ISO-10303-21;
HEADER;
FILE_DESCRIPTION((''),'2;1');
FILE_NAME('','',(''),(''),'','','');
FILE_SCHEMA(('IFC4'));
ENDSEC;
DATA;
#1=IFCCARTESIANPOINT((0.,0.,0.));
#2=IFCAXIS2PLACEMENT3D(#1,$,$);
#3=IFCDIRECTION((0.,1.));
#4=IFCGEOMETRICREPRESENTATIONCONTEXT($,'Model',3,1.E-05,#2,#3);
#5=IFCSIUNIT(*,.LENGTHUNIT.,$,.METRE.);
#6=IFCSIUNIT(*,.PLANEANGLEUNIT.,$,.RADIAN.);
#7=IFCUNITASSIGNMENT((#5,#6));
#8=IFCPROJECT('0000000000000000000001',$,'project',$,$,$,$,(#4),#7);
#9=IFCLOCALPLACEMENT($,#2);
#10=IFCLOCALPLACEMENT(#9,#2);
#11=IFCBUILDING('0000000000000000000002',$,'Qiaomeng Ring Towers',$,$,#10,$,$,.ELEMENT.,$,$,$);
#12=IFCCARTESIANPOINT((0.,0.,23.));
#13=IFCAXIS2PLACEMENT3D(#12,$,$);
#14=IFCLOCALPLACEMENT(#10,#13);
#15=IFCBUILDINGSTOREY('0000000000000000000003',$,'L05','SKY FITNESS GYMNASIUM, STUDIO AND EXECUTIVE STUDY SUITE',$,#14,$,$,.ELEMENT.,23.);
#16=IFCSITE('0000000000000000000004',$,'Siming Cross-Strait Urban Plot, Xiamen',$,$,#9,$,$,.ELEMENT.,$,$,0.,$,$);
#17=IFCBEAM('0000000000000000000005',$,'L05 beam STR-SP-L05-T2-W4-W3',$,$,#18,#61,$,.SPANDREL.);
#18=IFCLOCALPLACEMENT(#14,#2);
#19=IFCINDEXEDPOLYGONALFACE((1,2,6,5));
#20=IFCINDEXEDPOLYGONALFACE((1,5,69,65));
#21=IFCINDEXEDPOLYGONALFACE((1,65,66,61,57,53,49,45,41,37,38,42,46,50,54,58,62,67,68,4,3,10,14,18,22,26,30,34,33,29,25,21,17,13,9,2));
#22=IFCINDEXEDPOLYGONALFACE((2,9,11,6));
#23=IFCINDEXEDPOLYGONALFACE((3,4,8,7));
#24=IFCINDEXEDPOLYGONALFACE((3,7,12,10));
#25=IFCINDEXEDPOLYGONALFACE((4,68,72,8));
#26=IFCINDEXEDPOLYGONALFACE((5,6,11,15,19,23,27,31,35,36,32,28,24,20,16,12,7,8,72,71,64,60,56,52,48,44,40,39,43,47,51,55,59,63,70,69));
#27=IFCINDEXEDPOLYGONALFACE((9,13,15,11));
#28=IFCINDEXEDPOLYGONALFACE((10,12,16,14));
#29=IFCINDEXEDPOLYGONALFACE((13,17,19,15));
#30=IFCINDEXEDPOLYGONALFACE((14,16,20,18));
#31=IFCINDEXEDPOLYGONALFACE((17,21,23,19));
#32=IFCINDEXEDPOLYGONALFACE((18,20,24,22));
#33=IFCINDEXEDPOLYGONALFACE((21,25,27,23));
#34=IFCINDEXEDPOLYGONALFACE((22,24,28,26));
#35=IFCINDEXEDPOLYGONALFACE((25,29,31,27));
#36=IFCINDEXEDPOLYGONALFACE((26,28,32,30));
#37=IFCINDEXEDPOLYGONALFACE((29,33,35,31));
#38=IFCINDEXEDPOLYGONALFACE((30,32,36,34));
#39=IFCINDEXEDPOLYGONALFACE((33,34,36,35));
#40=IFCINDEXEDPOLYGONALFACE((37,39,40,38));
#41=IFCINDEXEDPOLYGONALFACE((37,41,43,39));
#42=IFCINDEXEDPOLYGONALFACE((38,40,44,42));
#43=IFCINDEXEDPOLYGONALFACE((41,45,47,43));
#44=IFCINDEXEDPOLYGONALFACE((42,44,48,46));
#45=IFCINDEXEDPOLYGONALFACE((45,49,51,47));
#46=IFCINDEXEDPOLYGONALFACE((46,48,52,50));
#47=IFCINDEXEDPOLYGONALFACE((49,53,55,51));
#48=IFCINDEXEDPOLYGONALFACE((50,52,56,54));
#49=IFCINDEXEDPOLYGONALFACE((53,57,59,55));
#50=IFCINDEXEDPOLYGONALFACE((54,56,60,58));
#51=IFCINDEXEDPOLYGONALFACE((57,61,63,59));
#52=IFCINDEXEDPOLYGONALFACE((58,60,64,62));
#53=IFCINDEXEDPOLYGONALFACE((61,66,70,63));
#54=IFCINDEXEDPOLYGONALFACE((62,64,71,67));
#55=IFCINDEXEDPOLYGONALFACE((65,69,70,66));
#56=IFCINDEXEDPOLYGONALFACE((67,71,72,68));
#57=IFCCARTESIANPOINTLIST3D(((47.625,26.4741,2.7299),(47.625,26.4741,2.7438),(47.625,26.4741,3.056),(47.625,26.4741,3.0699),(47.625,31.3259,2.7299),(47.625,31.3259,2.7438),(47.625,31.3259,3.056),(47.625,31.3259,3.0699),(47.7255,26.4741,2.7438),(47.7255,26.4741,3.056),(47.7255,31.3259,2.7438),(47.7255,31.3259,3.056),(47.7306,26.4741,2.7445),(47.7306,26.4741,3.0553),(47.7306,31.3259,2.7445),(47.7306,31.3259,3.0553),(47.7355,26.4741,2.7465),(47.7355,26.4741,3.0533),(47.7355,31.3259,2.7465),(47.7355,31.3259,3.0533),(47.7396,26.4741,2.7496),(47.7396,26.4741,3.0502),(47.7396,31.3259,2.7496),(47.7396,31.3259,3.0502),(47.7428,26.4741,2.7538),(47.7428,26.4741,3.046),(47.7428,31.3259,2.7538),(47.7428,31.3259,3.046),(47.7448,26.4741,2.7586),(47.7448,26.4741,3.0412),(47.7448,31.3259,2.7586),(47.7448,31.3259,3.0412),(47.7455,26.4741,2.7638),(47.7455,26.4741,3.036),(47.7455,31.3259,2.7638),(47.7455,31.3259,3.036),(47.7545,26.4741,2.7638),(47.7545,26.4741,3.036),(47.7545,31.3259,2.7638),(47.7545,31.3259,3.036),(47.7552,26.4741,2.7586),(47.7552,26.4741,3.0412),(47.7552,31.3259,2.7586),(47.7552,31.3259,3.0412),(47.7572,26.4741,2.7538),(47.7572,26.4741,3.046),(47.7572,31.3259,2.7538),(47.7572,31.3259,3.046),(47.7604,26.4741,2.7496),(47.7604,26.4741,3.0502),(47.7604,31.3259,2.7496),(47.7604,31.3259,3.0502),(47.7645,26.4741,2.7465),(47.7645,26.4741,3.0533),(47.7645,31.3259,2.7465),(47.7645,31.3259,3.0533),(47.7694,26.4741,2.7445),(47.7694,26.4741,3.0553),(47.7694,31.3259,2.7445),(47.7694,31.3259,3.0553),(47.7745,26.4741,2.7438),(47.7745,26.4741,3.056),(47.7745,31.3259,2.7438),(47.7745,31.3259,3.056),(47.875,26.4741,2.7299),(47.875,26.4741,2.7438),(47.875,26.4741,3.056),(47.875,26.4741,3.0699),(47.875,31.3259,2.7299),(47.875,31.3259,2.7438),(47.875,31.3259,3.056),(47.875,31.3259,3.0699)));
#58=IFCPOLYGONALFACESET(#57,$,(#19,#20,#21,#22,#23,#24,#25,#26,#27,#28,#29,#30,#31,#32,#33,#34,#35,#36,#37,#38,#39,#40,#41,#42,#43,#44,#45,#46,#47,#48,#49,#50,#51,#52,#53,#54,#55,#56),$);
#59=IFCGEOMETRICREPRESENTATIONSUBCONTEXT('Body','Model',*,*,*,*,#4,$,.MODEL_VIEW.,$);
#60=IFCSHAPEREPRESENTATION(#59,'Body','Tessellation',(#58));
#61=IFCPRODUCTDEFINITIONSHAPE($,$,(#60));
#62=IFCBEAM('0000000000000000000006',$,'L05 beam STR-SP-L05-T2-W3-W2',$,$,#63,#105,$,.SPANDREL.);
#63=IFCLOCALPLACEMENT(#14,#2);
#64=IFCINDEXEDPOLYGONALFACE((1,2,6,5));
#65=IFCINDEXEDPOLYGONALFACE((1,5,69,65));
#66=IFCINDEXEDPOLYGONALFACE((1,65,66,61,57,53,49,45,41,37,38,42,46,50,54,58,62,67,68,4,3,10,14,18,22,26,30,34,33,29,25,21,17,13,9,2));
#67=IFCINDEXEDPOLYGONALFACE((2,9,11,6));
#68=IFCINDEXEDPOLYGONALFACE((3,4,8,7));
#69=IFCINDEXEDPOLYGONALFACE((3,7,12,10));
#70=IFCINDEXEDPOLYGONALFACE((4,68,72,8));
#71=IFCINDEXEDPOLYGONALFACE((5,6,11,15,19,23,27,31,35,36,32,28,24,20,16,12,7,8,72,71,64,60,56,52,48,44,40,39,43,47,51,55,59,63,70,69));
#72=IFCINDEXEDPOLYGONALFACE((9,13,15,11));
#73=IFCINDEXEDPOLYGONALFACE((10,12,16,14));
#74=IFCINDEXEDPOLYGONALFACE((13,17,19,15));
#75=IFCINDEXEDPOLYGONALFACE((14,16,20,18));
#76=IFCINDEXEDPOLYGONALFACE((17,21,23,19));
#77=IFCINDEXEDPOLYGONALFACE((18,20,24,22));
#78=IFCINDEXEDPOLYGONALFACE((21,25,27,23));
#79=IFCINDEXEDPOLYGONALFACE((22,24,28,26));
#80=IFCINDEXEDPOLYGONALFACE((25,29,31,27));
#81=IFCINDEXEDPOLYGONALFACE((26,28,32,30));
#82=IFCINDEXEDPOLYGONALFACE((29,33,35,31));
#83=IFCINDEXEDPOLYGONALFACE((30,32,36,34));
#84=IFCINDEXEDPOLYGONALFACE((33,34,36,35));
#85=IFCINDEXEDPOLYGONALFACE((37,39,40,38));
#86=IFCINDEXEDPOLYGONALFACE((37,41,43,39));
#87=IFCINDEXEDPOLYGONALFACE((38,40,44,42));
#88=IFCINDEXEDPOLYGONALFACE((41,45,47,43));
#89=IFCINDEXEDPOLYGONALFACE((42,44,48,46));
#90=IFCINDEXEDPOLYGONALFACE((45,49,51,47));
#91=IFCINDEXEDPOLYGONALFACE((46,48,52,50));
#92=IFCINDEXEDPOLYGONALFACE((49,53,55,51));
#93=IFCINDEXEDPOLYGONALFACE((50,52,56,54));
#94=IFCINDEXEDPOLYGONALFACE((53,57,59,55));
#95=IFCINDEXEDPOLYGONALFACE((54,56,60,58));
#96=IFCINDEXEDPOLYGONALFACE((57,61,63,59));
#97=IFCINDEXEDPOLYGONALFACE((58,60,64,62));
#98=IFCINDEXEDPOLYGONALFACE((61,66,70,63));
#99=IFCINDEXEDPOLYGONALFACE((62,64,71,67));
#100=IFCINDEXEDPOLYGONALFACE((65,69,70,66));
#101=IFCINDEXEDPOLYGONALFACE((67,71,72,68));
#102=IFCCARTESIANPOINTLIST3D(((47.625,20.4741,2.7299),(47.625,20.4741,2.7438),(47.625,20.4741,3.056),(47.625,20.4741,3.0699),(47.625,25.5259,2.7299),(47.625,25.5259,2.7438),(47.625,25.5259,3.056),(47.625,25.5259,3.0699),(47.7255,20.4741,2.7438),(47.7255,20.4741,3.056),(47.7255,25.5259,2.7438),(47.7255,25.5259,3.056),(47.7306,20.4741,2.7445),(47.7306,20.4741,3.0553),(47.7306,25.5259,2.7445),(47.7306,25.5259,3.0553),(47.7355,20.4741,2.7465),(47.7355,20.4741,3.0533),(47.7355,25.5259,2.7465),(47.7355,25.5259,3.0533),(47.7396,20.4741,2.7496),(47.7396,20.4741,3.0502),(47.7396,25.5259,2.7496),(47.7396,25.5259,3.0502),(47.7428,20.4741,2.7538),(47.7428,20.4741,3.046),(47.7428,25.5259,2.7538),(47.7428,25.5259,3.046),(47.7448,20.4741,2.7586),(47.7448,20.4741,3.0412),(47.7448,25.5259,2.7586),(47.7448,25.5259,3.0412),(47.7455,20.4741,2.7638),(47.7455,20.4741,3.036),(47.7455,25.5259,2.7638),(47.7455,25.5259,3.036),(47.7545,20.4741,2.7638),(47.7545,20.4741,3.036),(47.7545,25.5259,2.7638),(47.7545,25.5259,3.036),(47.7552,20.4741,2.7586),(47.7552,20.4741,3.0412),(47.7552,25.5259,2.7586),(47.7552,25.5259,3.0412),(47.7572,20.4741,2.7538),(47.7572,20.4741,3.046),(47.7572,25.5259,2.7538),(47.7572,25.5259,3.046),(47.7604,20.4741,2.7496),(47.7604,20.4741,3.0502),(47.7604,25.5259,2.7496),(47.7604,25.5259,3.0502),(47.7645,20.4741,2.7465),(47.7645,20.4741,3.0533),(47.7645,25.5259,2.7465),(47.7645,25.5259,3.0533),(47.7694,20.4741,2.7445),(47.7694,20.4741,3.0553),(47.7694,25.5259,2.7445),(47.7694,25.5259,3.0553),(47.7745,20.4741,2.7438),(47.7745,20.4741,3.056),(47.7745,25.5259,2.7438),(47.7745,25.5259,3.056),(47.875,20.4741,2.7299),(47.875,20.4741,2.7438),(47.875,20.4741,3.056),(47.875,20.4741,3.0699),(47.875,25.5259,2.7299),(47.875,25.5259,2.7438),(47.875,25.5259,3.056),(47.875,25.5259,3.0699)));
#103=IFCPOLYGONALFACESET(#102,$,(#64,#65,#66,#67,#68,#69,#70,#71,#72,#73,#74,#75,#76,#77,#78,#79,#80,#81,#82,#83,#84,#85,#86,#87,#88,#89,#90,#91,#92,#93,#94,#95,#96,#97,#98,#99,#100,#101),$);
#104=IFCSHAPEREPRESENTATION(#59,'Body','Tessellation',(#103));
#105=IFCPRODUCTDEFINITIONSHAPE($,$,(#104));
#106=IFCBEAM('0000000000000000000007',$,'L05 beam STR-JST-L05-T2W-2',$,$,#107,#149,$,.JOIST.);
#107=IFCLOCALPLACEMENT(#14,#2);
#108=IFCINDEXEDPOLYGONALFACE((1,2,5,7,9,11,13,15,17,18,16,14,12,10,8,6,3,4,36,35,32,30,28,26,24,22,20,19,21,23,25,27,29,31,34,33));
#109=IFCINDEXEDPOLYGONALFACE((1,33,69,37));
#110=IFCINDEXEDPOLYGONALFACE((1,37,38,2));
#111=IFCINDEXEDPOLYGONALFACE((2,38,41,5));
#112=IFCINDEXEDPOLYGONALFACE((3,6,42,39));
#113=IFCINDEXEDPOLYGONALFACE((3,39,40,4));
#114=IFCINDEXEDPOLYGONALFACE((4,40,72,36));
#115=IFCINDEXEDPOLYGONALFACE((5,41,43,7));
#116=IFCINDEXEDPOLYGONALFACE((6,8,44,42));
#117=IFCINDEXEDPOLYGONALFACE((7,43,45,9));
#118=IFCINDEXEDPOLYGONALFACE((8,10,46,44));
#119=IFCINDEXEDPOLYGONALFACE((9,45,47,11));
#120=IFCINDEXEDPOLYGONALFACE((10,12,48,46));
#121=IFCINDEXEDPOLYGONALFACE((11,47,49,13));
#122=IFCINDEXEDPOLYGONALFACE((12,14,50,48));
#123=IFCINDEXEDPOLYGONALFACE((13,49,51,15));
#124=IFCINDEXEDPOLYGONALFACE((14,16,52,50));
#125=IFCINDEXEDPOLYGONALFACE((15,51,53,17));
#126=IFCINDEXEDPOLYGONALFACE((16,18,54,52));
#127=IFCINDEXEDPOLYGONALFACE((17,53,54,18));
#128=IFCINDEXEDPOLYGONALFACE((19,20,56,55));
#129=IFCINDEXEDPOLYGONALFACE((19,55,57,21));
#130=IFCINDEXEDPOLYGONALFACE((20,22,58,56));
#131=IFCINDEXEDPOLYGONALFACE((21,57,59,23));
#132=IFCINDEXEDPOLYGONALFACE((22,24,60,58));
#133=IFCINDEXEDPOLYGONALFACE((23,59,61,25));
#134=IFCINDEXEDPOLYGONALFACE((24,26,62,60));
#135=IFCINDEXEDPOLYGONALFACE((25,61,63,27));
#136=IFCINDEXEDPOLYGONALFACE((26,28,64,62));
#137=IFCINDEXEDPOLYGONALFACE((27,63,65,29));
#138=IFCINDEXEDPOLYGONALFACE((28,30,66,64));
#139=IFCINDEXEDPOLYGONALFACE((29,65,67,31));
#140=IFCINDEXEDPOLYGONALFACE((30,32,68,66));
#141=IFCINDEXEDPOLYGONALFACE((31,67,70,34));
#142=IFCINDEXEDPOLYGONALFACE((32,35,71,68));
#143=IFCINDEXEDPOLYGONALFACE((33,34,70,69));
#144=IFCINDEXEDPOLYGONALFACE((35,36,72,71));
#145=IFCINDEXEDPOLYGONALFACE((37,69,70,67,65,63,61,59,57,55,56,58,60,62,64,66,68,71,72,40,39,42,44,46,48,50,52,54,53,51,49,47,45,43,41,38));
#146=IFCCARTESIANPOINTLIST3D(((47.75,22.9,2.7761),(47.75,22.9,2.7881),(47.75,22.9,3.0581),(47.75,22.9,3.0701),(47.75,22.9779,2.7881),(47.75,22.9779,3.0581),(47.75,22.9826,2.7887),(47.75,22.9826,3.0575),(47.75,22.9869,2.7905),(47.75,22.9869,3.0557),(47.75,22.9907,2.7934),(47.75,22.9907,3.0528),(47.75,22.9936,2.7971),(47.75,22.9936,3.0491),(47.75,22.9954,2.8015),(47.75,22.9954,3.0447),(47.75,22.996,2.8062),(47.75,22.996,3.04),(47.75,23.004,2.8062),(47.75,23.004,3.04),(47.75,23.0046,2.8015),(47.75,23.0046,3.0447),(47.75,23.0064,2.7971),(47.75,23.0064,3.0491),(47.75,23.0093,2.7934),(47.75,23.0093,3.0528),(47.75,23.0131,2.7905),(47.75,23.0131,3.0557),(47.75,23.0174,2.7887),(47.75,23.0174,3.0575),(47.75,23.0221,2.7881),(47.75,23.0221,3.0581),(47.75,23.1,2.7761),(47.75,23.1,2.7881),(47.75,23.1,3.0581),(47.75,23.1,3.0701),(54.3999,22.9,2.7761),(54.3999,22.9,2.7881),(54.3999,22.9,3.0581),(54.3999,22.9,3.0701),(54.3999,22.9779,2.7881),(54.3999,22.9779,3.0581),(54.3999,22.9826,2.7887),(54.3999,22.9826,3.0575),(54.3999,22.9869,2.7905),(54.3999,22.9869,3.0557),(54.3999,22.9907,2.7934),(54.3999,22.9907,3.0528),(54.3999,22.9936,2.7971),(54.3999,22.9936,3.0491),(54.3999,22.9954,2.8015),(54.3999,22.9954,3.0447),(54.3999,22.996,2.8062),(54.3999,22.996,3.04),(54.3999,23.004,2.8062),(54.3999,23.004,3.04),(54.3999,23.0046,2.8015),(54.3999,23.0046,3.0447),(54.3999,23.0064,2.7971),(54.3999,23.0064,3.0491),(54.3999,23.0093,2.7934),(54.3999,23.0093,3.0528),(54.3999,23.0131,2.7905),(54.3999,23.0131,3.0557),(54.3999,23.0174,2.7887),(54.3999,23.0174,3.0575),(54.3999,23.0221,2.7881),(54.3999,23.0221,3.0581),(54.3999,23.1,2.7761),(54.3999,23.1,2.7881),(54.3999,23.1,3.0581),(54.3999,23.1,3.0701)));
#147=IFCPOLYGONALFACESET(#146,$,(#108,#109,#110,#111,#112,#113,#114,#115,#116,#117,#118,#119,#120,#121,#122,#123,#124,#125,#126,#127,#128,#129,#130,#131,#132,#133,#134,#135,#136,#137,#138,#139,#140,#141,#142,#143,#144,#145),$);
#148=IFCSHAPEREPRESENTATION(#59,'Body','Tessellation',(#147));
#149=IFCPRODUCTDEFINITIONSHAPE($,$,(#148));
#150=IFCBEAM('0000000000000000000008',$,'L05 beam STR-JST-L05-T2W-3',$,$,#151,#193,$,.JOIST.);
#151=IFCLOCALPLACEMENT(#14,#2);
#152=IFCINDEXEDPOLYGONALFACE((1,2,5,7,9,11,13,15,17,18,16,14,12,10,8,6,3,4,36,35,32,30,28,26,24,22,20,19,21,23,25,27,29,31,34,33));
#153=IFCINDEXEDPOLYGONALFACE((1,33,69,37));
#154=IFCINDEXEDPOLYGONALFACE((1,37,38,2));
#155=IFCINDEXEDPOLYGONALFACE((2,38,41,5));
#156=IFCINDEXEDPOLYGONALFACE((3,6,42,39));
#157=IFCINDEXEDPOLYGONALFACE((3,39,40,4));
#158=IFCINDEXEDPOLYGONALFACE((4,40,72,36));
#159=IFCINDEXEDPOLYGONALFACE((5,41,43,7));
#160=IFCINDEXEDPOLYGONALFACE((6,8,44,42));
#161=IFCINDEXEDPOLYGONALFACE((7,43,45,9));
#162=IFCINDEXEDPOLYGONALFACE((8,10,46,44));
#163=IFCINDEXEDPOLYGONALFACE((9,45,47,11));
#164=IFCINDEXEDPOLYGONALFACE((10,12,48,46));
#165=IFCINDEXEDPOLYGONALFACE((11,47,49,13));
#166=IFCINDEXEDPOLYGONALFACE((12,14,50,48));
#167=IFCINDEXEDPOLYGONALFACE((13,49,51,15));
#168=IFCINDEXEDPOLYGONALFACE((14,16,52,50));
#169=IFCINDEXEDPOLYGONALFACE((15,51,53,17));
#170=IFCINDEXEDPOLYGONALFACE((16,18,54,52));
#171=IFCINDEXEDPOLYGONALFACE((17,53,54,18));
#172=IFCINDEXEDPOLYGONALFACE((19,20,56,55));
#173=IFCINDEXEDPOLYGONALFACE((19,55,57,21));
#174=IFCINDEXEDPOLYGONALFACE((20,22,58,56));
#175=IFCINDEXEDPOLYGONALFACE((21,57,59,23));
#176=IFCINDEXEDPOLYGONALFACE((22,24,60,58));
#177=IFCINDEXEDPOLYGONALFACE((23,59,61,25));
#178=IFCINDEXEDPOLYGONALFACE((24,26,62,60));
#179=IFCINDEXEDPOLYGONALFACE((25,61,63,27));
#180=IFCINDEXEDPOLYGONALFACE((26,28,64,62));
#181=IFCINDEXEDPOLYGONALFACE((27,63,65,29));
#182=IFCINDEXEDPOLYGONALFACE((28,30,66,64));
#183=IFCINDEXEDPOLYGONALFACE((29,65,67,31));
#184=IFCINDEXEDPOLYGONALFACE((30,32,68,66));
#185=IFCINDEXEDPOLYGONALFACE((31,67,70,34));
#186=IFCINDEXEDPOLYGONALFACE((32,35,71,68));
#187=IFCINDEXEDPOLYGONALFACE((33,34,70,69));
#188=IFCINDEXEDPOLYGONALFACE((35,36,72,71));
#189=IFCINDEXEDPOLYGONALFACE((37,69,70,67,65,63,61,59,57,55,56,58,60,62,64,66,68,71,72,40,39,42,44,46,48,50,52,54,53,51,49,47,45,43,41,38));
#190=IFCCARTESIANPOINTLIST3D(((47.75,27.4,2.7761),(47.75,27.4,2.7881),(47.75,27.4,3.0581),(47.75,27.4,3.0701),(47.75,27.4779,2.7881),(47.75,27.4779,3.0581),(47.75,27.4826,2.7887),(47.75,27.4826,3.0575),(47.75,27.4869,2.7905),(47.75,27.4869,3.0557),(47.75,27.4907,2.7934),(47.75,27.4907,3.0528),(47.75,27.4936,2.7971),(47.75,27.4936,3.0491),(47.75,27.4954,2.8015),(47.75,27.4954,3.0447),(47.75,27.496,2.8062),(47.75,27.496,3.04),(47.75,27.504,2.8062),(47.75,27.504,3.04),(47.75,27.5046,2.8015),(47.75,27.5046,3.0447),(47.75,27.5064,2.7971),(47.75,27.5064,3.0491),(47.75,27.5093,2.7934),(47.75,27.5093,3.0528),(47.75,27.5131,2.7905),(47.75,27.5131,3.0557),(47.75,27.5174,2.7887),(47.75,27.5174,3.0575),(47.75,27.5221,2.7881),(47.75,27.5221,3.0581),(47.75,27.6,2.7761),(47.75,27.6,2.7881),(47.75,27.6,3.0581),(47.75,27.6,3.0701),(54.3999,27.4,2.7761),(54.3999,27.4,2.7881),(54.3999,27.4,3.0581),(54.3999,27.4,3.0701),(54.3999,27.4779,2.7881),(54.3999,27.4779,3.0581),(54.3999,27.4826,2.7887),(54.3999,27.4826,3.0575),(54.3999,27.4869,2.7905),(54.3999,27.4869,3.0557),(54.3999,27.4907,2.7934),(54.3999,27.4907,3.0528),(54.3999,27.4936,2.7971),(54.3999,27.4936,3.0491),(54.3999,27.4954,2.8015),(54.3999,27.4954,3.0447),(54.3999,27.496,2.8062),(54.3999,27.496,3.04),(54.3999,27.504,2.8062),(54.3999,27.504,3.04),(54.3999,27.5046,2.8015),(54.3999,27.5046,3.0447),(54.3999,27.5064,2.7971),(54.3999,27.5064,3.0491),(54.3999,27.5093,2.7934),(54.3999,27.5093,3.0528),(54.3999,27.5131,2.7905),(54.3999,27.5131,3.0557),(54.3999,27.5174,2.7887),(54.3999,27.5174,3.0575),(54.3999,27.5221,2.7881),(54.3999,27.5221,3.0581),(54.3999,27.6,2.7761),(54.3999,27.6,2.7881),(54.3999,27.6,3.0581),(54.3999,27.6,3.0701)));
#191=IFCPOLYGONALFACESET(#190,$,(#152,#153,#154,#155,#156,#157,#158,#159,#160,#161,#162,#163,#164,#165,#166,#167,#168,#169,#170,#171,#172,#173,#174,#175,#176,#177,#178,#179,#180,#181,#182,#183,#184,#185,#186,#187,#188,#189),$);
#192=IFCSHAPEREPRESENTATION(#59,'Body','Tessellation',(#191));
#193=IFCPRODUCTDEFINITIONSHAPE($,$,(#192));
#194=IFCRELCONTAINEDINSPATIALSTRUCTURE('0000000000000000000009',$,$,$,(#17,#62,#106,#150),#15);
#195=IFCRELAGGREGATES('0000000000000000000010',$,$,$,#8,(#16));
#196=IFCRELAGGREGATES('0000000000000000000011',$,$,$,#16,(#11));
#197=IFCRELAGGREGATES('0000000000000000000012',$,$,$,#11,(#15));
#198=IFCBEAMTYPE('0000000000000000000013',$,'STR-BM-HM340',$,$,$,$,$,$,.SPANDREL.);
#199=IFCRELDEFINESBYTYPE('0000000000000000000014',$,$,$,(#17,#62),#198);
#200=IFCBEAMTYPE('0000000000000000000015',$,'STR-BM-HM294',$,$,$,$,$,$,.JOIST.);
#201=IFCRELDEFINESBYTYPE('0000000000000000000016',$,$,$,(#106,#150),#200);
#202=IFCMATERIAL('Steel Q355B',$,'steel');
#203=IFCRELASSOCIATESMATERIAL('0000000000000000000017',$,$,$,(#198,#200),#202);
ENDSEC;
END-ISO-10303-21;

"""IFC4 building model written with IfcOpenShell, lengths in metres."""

from ifc_helpers import new_model, si_unit, direction, frame, origin, origin_2d, place, context, subcontext, project, spatial, i_section, extrude, source, transform, mapped, material, material_profile, profile_set, type_object, element, save


model = new_model("IFC4")

# Units and contexts
model_context = context("Model", 3, precision=1e-05, world=origin(), true_north=direction((0.0, 1.0)))
body_context = subcontext(model_context, "Body", "Model", "MODEL_VIEW")
ifc_project = project(units=[si_unit("LENGTHUNIT", "METRE"), si_unit("PLANEANGLEUNIT", "RADIAN")], contexts=[model_context])

# Site, building, storey
site_placement = place(None, origin())
site = spatial("IfcSite", under=ifc_project, at=site_placement, Name="Siming Cross-Strait Urban Plot, Xiamen", CompositionType="ELEMENT", RefElevation=0.0)
building_placement = place(site_placement, origin())
building = spatial("IfcBuilding", under=site, at=building_placement, Name="Qiaomeng Ring Towers", CompositionType="ELEMENT")
storey_placement = place(building_placement, frame((0.0, 0.0, 23.0)))
storey = spatial("IfcBuildingStorey", under=building, at=storey_placement, Name="L05", Description="SKY FITNESS GYMNASIUM, STUDIO AND EXECUTIVE STUDY SUITE", CompositionType="ELEMENT", Elevation=23.0)

# Beams
ifc_material_1 = material(Name="Steel Q355B", Category="steel")
ifc_material_profile_1 = material_profile(ifc_material_1, i_section(OverallWidth=0.25, OverallDepth=0.3401, WebThickness=0.009, FlangeThickness=0.0139, FilletRadius=0.02, at=origin_2d()), Name="HM 340x250x9x14")
ifc_profile_set_1 = profile_set([ifc_material_profile_1], Name="Steel Q355B")
beam_type_1 = type_object("IfcBeamType", Name="STR-BM-HM340", PredefinedType="SPANDREL", material=ifc_profile_set_1)
shared_shape_1 = source(origin(), body_context, "Body", "SweptSolid", [
    extrude(i_section(OverallWidth=0.25, OverallDepth=0.3401, WebThickness=0.009, FlangeThickness=0.0139, FilletRadius=0.02, at=origin_2d()), origin(), (0.0, 0.0, 1.0), 4.8518),
])
beam_1_placement = place(storey_placement, frame((47.75, 31.3259, 2.8999), z_axis=(0.0, -1.0, 0.0), x_axis=(1.0, 0.0, 0.0)))
element("IfcBeam", 1, at=beam_1_placement, inside=storey, type_object=beam_type_1, Name="L05 beam STR-SP-L05-T2-W4-W3", PredefinedType="SPANDREL", context=body_context, shape_type="MappedRepresentation", body=[
    mapped(shared_shape_1, transform((0.0, 0.0, 0.0), x_axis=(1.0, 0.0, 0.0), y_axis=(0.0, 1.0, 0.0), z_axis=(0.0, 0.0, 1.0), scale=1.0)),
])
shared_shape_2 = source(origin(), body_context, "Body", "SweptSolid", [
    extrude(i_section(OverallWidth=0.25, OverallDepth=0.3401, WebThickness=0.009, FlangeThickness=0.0139, FilletRadius=0.02, at=origin_2d()), origin(), (0.0, 0.0, 1.0), 5.0518),
])
beam_2_placement = place(storey_placement, frame((47.75, 25.5259, 2.8999), z_axis=(0.0, -1.0, 0.0), x_axis=(1.0, 0.0, 0.0)))
element("IfcBeam", 2, at=beam_2_placement, inside=storey, type_object=beam_type_1, Name="L05 beam STR-SP-L05-T2-W3-W2", PredefinedType="SPANDREL", context=body_context, shape_type="MappedRepresentation", body=[
    mapped(shared_shape_2, transform((0.0, 0.0, 0.0), x_axis=(1.0, 0.0, 0.0), y_axis=(0.0, 1.0, 0.0), z_axis=(0.0, 0.0, 1.0), scale=1.0)),
])
ifc_material_profile_2 = material_profile(ifc_material_1, i_section(OverallWidth=0.2, OverallDepth=0.2939, WebThickness=0.0081, FlangeThickness=0.012, FilletRadius=0.0181, at=origin_2d()), Name="HM 294x200x8x12")
ifc_profile_set_2 = profile_set([ifc_material_profile_2], Name="Steel Q355B")
beam_type_2 = type_object("IfcBeamType", Name="STR-BM-HM294", PredefinedType="JOIST", material=ifc_profile_set_2)
shared_shape_3 = source(origin(), body_context, "Body", "SweptSolid", [
    extrude(i_section(OverallWidth=0.2, OverallDepth=0.2939, WebThickness=0.0081, FlangeThickness=0.012, FilletRadius=0.0181, at=origin_2d()), origin(), (0.0, 0.0, 1.0), 6.6499),
])
for number, where, z_axis, x_axis, name in (
    (3, (47.75, 23.0, 2.9231), (1.0, 0.0, 0.0), (0.0, 1.0, 0.0), "L05 beam STR-JST-L05-T2W-2"),
    (4, (47.75, 27.5, 2.9231), (1.0, 0.0, 0.0), (0.0, 1.0, 0.0), "L05 beam STR-JST-L05-T2W-3"),
):
    element("IfcBeam", number, at=place(storey_placement, frame(where, z_axis=z_axis, x_axis=x_axis)), inside=storey, type_object=beam_type_2, Name=name, PredefinedType="JOIST", context=body_context, shape_type="MappedRepresentation", body=[
        mapped(shared_shape_3, transform((0.0, 0.0, 0.0), x_axis=(1.0, 0.0, 0.0), y_axis=(0.0, 1.0, 0.0), z_axis=(0.0, 0.0, 1.0), scale=1.0)),
    ])

save(model, "model.ifc")
